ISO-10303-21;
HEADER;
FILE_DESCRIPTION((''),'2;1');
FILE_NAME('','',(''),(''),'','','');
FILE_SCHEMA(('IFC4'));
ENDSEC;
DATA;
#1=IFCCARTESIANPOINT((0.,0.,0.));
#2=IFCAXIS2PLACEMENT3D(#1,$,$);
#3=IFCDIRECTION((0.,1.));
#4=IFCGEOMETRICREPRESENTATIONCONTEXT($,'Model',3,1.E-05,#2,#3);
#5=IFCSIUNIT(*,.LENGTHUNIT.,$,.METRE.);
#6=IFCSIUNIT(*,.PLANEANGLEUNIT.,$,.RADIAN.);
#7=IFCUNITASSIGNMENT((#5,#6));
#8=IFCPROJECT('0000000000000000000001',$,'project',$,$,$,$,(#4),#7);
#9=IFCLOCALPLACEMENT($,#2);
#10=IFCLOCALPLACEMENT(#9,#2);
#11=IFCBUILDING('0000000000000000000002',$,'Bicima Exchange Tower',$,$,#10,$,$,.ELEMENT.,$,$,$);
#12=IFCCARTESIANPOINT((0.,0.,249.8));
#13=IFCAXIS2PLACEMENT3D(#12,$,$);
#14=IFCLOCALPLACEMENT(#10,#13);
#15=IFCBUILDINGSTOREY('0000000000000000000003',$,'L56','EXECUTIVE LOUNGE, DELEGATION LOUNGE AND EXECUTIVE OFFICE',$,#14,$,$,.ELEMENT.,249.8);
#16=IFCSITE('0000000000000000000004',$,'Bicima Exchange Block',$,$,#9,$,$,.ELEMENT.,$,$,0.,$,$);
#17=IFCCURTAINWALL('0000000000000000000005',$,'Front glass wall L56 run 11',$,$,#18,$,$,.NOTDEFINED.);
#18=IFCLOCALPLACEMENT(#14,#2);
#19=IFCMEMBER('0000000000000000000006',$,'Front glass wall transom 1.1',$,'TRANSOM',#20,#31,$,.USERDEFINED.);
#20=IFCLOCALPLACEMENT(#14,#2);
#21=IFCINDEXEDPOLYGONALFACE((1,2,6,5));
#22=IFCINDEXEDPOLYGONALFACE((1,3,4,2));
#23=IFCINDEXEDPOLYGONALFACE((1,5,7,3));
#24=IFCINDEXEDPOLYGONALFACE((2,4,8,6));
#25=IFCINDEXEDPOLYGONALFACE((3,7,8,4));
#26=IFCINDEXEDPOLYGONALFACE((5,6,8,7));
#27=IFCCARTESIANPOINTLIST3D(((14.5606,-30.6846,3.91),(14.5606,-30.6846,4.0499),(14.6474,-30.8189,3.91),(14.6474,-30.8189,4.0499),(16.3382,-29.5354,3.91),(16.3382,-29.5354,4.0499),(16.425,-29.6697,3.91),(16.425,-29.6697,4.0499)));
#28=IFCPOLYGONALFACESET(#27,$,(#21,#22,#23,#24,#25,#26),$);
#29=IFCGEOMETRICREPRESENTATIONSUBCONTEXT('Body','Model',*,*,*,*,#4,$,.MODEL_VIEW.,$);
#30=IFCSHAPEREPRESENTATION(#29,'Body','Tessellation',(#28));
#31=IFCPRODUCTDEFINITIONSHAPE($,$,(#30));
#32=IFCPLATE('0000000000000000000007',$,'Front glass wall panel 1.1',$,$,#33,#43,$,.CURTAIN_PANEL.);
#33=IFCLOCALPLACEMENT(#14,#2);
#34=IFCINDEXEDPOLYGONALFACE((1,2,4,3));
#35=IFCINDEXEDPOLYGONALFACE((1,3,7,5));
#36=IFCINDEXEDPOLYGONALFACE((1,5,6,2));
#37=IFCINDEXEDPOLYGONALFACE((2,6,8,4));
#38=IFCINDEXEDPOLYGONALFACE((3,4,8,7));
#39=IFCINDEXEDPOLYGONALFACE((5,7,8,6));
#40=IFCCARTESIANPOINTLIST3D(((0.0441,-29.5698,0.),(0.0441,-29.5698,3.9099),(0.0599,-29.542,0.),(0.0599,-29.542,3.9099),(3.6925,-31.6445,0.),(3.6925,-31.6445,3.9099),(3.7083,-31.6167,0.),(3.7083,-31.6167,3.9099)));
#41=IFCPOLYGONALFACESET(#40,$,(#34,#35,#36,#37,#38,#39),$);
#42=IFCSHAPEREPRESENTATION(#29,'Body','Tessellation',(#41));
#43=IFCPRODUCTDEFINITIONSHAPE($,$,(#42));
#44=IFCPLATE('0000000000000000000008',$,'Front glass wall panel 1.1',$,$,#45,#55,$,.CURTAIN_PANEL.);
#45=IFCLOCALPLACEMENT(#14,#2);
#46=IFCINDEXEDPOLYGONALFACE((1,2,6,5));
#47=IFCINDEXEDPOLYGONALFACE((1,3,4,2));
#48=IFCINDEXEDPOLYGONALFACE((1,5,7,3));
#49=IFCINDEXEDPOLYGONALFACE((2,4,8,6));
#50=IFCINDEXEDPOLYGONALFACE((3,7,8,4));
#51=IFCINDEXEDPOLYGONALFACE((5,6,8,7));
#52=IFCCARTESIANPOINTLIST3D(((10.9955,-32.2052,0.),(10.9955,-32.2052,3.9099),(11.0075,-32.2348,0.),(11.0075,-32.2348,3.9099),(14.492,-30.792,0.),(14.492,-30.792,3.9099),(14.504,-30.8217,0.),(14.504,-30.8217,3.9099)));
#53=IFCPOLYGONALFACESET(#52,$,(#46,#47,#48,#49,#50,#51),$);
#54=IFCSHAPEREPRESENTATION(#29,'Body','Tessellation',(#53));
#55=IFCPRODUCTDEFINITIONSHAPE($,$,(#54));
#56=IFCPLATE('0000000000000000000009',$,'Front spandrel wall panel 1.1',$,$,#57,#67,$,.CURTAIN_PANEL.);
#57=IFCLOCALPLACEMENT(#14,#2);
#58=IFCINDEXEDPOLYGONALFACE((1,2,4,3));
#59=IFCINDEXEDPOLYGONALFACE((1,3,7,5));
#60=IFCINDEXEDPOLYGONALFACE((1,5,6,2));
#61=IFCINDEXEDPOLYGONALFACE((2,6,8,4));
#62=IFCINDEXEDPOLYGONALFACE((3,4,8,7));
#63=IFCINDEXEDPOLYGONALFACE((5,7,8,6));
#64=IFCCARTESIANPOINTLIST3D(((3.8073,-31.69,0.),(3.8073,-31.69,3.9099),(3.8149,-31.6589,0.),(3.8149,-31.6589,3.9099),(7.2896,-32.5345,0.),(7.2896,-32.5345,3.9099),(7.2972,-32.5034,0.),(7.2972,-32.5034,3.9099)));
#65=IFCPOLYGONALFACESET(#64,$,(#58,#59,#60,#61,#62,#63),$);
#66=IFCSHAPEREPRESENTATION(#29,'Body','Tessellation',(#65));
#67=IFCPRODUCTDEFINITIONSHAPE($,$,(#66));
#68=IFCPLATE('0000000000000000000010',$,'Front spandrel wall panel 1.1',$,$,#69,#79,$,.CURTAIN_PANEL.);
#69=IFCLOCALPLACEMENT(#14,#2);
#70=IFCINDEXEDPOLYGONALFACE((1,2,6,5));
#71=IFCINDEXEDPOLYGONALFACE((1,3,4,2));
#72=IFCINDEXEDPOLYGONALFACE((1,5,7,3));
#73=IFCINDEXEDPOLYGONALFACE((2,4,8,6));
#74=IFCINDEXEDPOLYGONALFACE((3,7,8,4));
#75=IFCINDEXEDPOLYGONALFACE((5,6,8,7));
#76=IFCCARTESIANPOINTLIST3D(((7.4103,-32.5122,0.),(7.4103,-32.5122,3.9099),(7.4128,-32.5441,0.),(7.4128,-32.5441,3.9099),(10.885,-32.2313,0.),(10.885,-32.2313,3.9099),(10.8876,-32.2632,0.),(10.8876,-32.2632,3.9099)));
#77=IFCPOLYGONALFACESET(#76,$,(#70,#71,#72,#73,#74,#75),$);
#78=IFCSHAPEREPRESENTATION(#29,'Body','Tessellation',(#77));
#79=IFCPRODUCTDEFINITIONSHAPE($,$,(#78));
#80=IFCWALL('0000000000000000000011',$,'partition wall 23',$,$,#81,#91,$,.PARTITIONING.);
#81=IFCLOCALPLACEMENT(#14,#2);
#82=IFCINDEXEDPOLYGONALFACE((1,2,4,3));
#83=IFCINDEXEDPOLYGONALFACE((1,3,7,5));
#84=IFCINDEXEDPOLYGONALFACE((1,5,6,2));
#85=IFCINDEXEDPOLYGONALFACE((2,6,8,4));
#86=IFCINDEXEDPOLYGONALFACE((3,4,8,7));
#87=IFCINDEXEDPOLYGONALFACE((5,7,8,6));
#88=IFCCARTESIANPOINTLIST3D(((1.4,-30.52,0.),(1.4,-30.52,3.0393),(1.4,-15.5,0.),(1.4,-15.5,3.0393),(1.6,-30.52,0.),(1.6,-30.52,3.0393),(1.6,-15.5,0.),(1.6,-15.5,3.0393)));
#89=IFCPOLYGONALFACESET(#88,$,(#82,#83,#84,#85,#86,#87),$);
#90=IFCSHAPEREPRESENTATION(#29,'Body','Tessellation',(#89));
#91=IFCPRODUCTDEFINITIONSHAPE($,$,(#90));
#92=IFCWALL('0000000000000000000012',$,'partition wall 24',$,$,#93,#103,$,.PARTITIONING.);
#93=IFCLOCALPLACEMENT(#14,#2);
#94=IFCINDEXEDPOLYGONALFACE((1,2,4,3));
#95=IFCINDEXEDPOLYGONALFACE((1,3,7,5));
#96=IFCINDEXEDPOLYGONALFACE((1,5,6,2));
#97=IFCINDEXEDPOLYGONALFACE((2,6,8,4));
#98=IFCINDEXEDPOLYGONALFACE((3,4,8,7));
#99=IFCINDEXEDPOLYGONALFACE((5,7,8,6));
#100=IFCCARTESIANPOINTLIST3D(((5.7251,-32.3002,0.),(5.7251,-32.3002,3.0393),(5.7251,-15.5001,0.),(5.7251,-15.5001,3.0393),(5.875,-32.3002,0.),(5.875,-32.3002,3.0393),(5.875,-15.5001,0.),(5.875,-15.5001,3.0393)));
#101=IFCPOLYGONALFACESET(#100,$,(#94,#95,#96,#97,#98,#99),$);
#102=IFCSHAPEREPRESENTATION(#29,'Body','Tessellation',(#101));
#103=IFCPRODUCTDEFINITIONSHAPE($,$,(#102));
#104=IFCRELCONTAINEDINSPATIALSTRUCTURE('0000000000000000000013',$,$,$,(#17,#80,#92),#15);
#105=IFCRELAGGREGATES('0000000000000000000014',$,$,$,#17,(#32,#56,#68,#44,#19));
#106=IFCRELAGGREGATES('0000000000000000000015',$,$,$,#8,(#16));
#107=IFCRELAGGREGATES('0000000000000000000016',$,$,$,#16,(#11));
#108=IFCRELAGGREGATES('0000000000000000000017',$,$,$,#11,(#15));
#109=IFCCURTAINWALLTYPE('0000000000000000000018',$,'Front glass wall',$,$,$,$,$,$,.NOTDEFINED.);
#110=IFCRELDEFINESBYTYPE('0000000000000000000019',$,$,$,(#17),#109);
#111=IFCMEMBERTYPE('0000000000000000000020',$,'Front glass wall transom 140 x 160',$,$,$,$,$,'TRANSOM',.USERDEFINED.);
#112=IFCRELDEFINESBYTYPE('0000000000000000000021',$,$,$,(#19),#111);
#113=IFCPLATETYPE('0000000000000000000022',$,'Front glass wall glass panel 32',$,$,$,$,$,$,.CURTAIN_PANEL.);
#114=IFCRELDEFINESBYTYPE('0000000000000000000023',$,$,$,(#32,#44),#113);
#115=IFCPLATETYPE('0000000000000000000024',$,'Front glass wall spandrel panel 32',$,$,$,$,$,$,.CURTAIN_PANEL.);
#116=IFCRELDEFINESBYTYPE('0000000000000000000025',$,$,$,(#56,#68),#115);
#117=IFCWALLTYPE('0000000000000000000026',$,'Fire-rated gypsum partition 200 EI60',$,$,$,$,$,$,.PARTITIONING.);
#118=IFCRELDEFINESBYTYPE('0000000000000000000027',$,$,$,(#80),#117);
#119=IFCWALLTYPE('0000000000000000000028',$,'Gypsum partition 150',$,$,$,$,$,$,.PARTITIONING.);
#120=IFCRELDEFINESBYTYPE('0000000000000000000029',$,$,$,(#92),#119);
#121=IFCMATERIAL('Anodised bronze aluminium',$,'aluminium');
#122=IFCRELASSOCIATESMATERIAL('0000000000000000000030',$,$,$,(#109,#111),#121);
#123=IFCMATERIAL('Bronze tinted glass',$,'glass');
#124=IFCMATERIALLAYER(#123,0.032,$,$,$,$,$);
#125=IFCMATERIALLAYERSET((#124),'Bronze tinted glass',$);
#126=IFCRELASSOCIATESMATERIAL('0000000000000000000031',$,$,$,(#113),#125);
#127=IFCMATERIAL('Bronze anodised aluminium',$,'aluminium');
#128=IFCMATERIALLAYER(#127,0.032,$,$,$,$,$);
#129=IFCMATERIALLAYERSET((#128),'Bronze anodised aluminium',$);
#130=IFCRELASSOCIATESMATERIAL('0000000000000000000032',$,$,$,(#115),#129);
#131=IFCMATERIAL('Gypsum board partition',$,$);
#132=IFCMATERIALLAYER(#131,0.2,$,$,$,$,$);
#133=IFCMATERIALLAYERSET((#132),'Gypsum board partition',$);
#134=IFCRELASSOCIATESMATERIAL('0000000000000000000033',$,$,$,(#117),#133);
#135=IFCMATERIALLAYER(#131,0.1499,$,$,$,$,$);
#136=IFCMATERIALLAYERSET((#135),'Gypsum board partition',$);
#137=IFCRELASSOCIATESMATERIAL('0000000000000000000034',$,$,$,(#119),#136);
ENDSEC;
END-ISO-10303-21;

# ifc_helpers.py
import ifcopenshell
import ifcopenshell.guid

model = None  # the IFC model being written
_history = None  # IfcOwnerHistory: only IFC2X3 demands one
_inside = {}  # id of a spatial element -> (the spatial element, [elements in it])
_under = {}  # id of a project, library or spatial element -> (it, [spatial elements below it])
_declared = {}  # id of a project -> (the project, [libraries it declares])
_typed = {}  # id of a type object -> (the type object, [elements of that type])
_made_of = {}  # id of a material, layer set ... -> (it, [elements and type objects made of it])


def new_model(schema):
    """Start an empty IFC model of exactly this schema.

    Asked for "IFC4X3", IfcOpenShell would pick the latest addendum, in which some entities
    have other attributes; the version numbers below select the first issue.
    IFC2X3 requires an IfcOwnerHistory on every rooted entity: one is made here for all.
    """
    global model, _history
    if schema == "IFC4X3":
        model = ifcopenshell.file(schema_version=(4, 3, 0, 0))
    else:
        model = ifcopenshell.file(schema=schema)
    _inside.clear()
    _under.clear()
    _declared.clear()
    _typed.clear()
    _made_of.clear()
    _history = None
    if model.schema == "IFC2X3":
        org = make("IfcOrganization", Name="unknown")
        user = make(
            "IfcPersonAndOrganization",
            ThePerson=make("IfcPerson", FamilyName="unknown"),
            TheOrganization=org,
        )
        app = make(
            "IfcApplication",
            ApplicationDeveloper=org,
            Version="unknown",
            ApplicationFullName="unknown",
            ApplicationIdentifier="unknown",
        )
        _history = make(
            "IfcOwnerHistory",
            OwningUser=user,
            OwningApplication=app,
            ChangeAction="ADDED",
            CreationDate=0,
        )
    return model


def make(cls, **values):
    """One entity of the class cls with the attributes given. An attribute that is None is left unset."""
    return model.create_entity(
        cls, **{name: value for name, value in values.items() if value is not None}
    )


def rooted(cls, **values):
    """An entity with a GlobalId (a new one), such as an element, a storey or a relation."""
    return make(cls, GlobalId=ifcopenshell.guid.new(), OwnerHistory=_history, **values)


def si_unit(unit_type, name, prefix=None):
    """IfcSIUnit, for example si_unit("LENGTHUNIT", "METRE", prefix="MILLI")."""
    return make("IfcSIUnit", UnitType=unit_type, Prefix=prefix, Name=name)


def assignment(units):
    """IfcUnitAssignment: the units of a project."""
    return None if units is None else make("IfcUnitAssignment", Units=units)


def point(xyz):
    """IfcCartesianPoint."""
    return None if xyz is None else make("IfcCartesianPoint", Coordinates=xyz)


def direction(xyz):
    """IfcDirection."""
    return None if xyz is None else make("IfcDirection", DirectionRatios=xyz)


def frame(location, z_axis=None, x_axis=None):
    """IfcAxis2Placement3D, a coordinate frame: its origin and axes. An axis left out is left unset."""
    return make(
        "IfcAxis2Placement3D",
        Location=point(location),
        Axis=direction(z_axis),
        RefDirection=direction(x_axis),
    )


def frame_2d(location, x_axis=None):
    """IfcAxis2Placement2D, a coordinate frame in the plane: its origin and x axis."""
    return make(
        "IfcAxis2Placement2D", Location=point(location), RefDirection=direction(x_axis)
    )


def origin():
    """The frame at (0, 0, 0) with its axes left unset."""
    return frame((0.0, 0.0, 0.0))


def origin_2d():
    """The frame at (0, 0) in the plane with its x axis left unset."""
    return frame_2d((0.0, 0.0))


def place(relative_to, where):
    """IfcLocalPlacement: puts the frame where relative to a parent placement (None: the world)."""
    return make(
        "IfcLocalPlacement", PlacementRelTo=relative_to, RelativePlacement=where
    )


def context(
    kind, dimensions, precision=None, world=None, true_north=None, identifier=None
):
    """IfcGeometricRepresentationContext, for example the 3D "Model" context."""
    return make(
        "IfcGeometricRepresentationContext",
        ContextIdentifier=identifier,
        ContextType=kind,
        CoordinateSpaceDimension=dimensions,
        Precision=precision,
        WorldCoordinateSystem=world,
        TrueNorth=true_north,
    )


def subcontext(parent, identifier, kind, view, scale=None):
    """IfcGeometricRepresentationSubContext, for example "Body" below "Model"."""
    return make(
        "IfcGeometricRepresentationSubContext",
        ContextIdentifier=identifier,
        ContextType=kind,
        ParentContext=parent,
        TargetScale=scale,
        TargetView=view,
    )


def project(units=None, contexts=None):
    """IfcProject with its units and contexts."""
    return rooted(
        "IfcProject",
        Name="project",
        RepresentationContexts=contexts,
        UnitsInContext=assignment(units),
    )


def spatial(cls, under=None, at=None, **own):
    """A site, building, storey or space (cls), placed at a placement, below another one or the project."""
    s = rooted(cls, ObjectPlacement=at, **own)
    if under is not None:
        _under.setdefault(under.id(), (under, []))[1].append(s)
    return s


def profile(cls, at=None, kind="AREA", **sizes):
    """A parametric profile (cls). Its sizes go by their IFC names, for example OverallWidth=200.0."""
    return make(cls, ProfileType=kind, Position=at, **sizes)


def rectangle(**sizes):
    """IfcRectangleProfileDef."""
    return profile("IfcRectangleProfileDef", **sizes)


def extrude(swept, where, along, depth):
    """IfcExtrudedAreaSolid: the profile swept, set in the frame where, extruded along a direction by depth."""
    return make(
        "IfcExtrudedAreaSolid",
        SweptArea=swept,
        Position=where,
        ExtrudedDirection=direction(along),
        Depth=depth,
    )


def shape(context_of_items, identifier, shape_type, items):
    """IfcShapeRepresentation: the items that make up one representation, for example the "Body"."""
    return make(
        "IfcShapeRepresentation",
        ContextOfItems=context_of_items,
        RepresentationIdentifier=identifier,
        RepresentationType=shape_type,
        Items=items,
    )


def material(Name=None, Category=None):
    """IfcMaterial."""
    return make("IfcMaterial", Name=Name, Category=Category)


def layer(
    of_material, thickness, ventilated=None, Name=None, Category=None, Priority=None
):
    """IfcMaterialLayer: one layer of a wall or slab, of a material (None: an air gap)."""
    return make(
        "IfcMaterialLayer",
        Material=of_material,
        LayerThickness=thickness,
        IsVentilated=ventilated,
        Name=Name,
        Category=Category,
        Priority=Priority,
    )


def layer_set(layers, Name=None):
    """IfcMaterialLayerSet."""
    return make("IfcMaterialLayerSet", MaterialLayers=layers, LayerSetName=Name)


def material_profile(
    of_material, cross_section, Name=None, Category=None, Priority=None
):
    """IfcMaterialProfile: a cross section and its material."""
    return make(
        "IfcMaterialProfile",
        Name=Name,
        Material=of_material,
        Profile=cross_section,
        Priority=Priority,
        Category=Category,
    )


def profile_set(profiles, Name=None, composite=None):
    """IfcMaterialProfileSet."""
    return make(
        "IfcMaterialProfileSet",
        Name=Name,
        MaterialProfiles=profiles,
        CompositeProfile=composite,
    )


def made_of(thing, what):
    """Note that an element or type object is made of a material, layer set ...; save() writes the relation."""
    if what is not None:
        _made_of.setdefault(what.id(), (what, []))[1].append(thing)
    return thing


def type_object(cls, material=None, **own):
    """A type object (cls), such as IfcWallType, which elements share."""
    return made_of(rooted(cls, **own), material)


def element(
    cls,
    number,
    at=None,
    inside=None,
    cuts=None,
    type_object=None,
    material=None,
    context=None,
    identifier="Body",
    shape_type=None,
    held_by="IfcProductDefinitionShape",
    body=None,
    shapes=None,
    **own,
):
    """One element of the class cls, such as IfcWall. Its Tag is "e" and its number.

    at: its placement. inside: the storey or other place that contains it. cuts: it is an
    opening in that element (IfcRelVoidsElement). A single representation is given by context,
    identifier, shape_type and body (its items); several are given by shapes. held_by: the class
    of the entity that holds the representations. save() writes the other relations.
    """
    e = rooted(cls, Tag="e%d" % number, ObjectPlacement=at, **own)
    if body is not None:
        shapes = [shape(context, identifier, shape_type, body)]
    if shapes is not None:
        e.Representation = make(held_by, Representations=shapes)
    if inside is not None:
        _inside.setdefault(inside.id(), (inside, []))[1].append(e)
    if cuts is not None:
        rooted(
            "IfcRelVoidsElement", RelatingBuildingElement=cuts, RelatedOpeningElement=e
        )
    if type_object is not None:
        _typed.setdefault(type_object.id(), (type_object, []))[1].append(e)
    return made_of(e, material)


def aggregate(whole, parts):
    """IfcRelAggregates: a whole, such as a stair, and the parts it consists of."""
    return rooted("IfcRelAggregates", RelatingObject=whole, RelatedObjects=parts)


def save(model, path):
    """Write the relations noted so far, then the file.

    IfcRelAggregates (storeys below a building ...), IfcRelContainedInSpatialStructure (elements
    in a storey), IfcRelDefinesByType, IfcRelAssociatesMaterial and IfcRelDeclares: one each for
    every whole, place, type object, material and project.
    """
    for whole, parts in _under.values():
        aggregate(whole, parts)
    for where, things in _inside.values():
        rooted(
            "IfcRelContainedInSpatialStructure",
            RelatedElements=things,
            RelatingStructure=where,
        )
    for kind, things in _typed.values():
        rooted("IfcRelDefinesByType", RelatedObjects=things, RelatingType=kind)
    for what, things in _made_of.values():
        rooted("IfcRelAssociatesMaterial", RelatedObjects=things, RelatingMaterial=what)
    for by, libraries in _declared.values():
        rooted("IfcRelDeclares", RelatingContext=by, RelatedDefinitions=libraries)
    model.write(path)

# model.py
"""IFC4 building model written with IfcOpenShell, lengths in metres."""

from ifc_helpers import new_model, si_unit, direction, frame, frame_2d, origin, origin_2d, place, context, subcontext, project, spatial, rectangle, extrude, material, layer, layer_set, material_profile, profile_set, type_object, element, aggregate, save


model = new_model("IFC4")

# Units and contexts
model_context = context("Model", 3, precision=1e-05, world=origin(), true_north=direction((0.0, 1.0)))
body_context = subcontext(model_context, "Body", "Model", "MODEL_VIEW")
ifc_project = project(units=[si_unit("LENGTHUNIT", "METRE"), si_unit("PLANEANGLEUNIT", "RADIAN")], contexts=[model_context])

# Site, building, storey
site_placement = place(None, origin())
site = spatial("IfcSite", under=ifc_project, at=site_placement, Name="Bicima Exchange Block", CompositionType="ELEMENT", RefElevation=0.0)
building_placement = place(site_placement, origin())
building = spatial("IfcBuilding", under=site, at=building_placement, Name="Bicima Exchange Tower", CompositionType="ELEMENT")
storey_placement = place(building_placement, frame((0.0, 0.0, 249.8)))
storey = spatial("IfcBuildingStorey", under=building, at=storey_placement, Name="L56", Description="EXECUTIVE LOUNGE, DELEGATION LOUNGE AND EXECUTIVE OFFICE", CompositionType="ELEMENT", Elevation=249.8)

# Curtain wall, member, plates
ifc_material_1 = material(Name="Anodised bronze aluminium", Category="aluminium")
curtain_wall_type = type_object("IfcCurtainWallType", Name="Front glass wall", PredefinedType="NOTDEFINED", material=ifc_material_1)
curtain_wall_placement = place(storey_placement, origin())
curtain_wall = element("IfcCurtainWall", 1, at=curtain_wall_placement, inside=storey, type_object=curtain_wall_type, Name="Front glass wall L56 run 11", PredefinedType="NOTDEFINED")
ifc_material_profile_1 = material_profile(ifc_material_1, rectangle(XDim=0.1599, YDim=0.1399, at=origin_2d()))
ifc_profile_set_1 = profile_set([ifc_material_profile_1], Name="Anodised bronze aluminium")
member_type_1 = type_object("IfcMemberType", Name="Front glass wall transom 140 x 160", ElementType="TRANSOM", PredefinedType="USERDEFINED", material=ifc_profile_set_1)
member_1_placement = place(storey_placement, frame((14.604, -30.7517, 3.98), z_axis=(0.839793, 0.542907, 0.0), x_axis=(-0.542907, 0.839793, 0.0)))
member_1 = element("IfcMember", 2, at=member_1_placement, type_object=member_type_1, Name="Front glass wall transom 1.1", ObjectType="TRANSOM", PredefinedType="USERDEFINED", context=body_context, shape_type="SweptSolid", body=[
    extrude(rectangle(XDim=0.1599, YDim=0.1399, at=origin_2d()), origin(), (0.0, 0.0, 1.0), 2.1167),
])
ifc_material_2 = material(Name="Bronze tinted glass", Category="glass")
ifc_layer_1 = layer(ifc_material_2, 0.032)
ifc_layer_set_1 = layer_set([ifc_layer_1], Name="Bronze tinted glass")
plate_type_1 = type_object("IfcPlateType", Name="Front glass wall glass panel 32", PredefinedType="CURTAIN_PANEL", material=ifc_layer_set_1)
plate_1_placement = place(storey_placement, frame((1.8762, -30.5933, 0.0), z_axis=(0.0, 0.0, 1.0), x_axis=(0.869274, -0.49433, 0.0)))
plate_1 = element("IfcPlate", 3, at=plate_1_placement, type_object=plate_type_1, Name="Front glass wall panel 1.1", PredefinedType="CURTAIN_PANEL", context=body_context, shape_type="SweptSolid", body=[
    extrude(rectangle(XDim=4.197, YDim=0.032, at=origin_2d()), origin(), (0.0, 0.0, 1.0), 3.9099),
])
plate_2_placement = place(storey_placement, frame((12.7498, -31.5134, 0.0), z_axis=(0.0, 0.0, 1.0), x_axis=(0.927144, 0.374705, 0.0)))
plate_2 = element("IfcPlate", 4, at=plate_2_placement, type_object=plate_type_1, Name="Front glass wall panel 1.1", PredefinedType="CURTAIN_PANEL", context=body_context, shape_type="SweptSolid", body=[
    extrude(rectangle(XDim=3.7712, YDim=0.032, at=origin_2d()), origin(), (0.0, 0.0, 1.0), 3.9099),
])
ifc_material_3 = material(Name="Bronze anodised aluminium", Category="aluminium")
ifc_layer_2 = layer(ifc_material_3, 0.032)
ifc_layer_set_2 = layer_set([ifc_layer_2], Name="Bronze anodised aluminium")
plate_type_2 = type_object("IfcPlateType", Name="Front glass wall spandrel panel 32", PredefinedType="CURTAIN_PANEL", material=ifc_layer_set_2)
plate_3_placement = place(storey_placement, frame((5.5522, -32.0967, 0.0), z_axis=(0.0, 0.0, 1.0), x_axis=(0.97183, -0.235682, 0.0)))
plate_3 = element("IfcPlate", 5, at=plate_3_placement, type_object=plate_type_2, Name="Front spandrel wall panel 1.1", PredefinedType="CURTAIN_PANEL", context=body_context, shape_type="SweptSolid", body=[
    extrude(rectangle(XDim=3.5833, YDim=0.032, at=origin_2d()), origin(), (0.0, 0.0, 1.0), 3.9099),
])
plate_4_placement = place(storey_placement, frame((9.1489, -32.3877, 0.0), z_axis=(0.0, 0.0, 1.0), x_axis=(0.996747, 0.080589, 0.0)))
plate_4 = element("IfcPlate", 6, at=plate_4_placement, type_object=plate_type_2, Name="Front spandrel wall panel 1.1", PredefinedType="CURTAIN_PANEL", context=body_context, shape_type="SweptSolid", body=[
    extrude(rectangle(XDim=3.4861, YDim=0.032, at=origin_2d()), origin(), (0.0, 0.0, 1.0), 3.9099),
])
aggregate(curtain_wall, [plate_1, plate_3, plate_4, plate_2, member_1])

# Walls
ifc_material_4 = material(Name="Gypsum board partition")
ifc_layer_3 = layer(ifc_material_4, 0.2)
ifc_layer_set_3 = layer_set([ifc_layer_3], Name="Gypsum board partition")
wall_type_1 = type_object("IfcWallType", Name="Fire-rated gypsum partition 200 EI60", PredefinedType="PARTITIONING", material=ifc_layer_set_3)
wall_1_placement = place(storey_placement, frame((1.5, -30.52, 0.0), z_axis=(0.0, 0.0, 1.0), x_axis=(0.0, 1.0, 0.0)))
element("IfcWall", 7, at=wall_1_placement, inside=storey, type_object=wall_type_1, Name="partition wall 23", PredefinedType="PARTITIONING", context=body_context, shape_type="SweptSolid", body=[
    extrude(rectangle(XDim=15.02, YDim=0.2, at=frame_2d((7.51, 0.0))), origin(), (0.0, 0.0, 1.0), 3.0393),
])
ifc_layer_4 = layer(ifc_material_4, 0.1499)
ifc_layer_set_4 = layer_set([ifc_layer_4], Name="Gypsum board partition")
wall_type_2 = type_object("IfcWallType", Name="Gypsum partition 150", PredefinedType="PARTITIONING", material=ifc_layer_set_4)
wall_2_placement = place(storey_placement, frame((5.8, -32.3, 0.0), z_axis=(0.0, 0.0, 1.0), x_axis=(0.0, 1.0, 0.0)))
element("IfcWall", 8, at=wall_2_placement, inside=storey, type_object=wall_type_2, Name="partition wall 24", PredefinedType="PARTITIONING", context=body_context, shape_type="SweptSolid", body=[
    extrude(rectangle(XDim=16.8, YDim=0.1499, at=frame_2d((8.3999, 0.0))), origin(), (0.0, 0.0, 1.0), 3.0393),
])

save(model, "model.ifc")
